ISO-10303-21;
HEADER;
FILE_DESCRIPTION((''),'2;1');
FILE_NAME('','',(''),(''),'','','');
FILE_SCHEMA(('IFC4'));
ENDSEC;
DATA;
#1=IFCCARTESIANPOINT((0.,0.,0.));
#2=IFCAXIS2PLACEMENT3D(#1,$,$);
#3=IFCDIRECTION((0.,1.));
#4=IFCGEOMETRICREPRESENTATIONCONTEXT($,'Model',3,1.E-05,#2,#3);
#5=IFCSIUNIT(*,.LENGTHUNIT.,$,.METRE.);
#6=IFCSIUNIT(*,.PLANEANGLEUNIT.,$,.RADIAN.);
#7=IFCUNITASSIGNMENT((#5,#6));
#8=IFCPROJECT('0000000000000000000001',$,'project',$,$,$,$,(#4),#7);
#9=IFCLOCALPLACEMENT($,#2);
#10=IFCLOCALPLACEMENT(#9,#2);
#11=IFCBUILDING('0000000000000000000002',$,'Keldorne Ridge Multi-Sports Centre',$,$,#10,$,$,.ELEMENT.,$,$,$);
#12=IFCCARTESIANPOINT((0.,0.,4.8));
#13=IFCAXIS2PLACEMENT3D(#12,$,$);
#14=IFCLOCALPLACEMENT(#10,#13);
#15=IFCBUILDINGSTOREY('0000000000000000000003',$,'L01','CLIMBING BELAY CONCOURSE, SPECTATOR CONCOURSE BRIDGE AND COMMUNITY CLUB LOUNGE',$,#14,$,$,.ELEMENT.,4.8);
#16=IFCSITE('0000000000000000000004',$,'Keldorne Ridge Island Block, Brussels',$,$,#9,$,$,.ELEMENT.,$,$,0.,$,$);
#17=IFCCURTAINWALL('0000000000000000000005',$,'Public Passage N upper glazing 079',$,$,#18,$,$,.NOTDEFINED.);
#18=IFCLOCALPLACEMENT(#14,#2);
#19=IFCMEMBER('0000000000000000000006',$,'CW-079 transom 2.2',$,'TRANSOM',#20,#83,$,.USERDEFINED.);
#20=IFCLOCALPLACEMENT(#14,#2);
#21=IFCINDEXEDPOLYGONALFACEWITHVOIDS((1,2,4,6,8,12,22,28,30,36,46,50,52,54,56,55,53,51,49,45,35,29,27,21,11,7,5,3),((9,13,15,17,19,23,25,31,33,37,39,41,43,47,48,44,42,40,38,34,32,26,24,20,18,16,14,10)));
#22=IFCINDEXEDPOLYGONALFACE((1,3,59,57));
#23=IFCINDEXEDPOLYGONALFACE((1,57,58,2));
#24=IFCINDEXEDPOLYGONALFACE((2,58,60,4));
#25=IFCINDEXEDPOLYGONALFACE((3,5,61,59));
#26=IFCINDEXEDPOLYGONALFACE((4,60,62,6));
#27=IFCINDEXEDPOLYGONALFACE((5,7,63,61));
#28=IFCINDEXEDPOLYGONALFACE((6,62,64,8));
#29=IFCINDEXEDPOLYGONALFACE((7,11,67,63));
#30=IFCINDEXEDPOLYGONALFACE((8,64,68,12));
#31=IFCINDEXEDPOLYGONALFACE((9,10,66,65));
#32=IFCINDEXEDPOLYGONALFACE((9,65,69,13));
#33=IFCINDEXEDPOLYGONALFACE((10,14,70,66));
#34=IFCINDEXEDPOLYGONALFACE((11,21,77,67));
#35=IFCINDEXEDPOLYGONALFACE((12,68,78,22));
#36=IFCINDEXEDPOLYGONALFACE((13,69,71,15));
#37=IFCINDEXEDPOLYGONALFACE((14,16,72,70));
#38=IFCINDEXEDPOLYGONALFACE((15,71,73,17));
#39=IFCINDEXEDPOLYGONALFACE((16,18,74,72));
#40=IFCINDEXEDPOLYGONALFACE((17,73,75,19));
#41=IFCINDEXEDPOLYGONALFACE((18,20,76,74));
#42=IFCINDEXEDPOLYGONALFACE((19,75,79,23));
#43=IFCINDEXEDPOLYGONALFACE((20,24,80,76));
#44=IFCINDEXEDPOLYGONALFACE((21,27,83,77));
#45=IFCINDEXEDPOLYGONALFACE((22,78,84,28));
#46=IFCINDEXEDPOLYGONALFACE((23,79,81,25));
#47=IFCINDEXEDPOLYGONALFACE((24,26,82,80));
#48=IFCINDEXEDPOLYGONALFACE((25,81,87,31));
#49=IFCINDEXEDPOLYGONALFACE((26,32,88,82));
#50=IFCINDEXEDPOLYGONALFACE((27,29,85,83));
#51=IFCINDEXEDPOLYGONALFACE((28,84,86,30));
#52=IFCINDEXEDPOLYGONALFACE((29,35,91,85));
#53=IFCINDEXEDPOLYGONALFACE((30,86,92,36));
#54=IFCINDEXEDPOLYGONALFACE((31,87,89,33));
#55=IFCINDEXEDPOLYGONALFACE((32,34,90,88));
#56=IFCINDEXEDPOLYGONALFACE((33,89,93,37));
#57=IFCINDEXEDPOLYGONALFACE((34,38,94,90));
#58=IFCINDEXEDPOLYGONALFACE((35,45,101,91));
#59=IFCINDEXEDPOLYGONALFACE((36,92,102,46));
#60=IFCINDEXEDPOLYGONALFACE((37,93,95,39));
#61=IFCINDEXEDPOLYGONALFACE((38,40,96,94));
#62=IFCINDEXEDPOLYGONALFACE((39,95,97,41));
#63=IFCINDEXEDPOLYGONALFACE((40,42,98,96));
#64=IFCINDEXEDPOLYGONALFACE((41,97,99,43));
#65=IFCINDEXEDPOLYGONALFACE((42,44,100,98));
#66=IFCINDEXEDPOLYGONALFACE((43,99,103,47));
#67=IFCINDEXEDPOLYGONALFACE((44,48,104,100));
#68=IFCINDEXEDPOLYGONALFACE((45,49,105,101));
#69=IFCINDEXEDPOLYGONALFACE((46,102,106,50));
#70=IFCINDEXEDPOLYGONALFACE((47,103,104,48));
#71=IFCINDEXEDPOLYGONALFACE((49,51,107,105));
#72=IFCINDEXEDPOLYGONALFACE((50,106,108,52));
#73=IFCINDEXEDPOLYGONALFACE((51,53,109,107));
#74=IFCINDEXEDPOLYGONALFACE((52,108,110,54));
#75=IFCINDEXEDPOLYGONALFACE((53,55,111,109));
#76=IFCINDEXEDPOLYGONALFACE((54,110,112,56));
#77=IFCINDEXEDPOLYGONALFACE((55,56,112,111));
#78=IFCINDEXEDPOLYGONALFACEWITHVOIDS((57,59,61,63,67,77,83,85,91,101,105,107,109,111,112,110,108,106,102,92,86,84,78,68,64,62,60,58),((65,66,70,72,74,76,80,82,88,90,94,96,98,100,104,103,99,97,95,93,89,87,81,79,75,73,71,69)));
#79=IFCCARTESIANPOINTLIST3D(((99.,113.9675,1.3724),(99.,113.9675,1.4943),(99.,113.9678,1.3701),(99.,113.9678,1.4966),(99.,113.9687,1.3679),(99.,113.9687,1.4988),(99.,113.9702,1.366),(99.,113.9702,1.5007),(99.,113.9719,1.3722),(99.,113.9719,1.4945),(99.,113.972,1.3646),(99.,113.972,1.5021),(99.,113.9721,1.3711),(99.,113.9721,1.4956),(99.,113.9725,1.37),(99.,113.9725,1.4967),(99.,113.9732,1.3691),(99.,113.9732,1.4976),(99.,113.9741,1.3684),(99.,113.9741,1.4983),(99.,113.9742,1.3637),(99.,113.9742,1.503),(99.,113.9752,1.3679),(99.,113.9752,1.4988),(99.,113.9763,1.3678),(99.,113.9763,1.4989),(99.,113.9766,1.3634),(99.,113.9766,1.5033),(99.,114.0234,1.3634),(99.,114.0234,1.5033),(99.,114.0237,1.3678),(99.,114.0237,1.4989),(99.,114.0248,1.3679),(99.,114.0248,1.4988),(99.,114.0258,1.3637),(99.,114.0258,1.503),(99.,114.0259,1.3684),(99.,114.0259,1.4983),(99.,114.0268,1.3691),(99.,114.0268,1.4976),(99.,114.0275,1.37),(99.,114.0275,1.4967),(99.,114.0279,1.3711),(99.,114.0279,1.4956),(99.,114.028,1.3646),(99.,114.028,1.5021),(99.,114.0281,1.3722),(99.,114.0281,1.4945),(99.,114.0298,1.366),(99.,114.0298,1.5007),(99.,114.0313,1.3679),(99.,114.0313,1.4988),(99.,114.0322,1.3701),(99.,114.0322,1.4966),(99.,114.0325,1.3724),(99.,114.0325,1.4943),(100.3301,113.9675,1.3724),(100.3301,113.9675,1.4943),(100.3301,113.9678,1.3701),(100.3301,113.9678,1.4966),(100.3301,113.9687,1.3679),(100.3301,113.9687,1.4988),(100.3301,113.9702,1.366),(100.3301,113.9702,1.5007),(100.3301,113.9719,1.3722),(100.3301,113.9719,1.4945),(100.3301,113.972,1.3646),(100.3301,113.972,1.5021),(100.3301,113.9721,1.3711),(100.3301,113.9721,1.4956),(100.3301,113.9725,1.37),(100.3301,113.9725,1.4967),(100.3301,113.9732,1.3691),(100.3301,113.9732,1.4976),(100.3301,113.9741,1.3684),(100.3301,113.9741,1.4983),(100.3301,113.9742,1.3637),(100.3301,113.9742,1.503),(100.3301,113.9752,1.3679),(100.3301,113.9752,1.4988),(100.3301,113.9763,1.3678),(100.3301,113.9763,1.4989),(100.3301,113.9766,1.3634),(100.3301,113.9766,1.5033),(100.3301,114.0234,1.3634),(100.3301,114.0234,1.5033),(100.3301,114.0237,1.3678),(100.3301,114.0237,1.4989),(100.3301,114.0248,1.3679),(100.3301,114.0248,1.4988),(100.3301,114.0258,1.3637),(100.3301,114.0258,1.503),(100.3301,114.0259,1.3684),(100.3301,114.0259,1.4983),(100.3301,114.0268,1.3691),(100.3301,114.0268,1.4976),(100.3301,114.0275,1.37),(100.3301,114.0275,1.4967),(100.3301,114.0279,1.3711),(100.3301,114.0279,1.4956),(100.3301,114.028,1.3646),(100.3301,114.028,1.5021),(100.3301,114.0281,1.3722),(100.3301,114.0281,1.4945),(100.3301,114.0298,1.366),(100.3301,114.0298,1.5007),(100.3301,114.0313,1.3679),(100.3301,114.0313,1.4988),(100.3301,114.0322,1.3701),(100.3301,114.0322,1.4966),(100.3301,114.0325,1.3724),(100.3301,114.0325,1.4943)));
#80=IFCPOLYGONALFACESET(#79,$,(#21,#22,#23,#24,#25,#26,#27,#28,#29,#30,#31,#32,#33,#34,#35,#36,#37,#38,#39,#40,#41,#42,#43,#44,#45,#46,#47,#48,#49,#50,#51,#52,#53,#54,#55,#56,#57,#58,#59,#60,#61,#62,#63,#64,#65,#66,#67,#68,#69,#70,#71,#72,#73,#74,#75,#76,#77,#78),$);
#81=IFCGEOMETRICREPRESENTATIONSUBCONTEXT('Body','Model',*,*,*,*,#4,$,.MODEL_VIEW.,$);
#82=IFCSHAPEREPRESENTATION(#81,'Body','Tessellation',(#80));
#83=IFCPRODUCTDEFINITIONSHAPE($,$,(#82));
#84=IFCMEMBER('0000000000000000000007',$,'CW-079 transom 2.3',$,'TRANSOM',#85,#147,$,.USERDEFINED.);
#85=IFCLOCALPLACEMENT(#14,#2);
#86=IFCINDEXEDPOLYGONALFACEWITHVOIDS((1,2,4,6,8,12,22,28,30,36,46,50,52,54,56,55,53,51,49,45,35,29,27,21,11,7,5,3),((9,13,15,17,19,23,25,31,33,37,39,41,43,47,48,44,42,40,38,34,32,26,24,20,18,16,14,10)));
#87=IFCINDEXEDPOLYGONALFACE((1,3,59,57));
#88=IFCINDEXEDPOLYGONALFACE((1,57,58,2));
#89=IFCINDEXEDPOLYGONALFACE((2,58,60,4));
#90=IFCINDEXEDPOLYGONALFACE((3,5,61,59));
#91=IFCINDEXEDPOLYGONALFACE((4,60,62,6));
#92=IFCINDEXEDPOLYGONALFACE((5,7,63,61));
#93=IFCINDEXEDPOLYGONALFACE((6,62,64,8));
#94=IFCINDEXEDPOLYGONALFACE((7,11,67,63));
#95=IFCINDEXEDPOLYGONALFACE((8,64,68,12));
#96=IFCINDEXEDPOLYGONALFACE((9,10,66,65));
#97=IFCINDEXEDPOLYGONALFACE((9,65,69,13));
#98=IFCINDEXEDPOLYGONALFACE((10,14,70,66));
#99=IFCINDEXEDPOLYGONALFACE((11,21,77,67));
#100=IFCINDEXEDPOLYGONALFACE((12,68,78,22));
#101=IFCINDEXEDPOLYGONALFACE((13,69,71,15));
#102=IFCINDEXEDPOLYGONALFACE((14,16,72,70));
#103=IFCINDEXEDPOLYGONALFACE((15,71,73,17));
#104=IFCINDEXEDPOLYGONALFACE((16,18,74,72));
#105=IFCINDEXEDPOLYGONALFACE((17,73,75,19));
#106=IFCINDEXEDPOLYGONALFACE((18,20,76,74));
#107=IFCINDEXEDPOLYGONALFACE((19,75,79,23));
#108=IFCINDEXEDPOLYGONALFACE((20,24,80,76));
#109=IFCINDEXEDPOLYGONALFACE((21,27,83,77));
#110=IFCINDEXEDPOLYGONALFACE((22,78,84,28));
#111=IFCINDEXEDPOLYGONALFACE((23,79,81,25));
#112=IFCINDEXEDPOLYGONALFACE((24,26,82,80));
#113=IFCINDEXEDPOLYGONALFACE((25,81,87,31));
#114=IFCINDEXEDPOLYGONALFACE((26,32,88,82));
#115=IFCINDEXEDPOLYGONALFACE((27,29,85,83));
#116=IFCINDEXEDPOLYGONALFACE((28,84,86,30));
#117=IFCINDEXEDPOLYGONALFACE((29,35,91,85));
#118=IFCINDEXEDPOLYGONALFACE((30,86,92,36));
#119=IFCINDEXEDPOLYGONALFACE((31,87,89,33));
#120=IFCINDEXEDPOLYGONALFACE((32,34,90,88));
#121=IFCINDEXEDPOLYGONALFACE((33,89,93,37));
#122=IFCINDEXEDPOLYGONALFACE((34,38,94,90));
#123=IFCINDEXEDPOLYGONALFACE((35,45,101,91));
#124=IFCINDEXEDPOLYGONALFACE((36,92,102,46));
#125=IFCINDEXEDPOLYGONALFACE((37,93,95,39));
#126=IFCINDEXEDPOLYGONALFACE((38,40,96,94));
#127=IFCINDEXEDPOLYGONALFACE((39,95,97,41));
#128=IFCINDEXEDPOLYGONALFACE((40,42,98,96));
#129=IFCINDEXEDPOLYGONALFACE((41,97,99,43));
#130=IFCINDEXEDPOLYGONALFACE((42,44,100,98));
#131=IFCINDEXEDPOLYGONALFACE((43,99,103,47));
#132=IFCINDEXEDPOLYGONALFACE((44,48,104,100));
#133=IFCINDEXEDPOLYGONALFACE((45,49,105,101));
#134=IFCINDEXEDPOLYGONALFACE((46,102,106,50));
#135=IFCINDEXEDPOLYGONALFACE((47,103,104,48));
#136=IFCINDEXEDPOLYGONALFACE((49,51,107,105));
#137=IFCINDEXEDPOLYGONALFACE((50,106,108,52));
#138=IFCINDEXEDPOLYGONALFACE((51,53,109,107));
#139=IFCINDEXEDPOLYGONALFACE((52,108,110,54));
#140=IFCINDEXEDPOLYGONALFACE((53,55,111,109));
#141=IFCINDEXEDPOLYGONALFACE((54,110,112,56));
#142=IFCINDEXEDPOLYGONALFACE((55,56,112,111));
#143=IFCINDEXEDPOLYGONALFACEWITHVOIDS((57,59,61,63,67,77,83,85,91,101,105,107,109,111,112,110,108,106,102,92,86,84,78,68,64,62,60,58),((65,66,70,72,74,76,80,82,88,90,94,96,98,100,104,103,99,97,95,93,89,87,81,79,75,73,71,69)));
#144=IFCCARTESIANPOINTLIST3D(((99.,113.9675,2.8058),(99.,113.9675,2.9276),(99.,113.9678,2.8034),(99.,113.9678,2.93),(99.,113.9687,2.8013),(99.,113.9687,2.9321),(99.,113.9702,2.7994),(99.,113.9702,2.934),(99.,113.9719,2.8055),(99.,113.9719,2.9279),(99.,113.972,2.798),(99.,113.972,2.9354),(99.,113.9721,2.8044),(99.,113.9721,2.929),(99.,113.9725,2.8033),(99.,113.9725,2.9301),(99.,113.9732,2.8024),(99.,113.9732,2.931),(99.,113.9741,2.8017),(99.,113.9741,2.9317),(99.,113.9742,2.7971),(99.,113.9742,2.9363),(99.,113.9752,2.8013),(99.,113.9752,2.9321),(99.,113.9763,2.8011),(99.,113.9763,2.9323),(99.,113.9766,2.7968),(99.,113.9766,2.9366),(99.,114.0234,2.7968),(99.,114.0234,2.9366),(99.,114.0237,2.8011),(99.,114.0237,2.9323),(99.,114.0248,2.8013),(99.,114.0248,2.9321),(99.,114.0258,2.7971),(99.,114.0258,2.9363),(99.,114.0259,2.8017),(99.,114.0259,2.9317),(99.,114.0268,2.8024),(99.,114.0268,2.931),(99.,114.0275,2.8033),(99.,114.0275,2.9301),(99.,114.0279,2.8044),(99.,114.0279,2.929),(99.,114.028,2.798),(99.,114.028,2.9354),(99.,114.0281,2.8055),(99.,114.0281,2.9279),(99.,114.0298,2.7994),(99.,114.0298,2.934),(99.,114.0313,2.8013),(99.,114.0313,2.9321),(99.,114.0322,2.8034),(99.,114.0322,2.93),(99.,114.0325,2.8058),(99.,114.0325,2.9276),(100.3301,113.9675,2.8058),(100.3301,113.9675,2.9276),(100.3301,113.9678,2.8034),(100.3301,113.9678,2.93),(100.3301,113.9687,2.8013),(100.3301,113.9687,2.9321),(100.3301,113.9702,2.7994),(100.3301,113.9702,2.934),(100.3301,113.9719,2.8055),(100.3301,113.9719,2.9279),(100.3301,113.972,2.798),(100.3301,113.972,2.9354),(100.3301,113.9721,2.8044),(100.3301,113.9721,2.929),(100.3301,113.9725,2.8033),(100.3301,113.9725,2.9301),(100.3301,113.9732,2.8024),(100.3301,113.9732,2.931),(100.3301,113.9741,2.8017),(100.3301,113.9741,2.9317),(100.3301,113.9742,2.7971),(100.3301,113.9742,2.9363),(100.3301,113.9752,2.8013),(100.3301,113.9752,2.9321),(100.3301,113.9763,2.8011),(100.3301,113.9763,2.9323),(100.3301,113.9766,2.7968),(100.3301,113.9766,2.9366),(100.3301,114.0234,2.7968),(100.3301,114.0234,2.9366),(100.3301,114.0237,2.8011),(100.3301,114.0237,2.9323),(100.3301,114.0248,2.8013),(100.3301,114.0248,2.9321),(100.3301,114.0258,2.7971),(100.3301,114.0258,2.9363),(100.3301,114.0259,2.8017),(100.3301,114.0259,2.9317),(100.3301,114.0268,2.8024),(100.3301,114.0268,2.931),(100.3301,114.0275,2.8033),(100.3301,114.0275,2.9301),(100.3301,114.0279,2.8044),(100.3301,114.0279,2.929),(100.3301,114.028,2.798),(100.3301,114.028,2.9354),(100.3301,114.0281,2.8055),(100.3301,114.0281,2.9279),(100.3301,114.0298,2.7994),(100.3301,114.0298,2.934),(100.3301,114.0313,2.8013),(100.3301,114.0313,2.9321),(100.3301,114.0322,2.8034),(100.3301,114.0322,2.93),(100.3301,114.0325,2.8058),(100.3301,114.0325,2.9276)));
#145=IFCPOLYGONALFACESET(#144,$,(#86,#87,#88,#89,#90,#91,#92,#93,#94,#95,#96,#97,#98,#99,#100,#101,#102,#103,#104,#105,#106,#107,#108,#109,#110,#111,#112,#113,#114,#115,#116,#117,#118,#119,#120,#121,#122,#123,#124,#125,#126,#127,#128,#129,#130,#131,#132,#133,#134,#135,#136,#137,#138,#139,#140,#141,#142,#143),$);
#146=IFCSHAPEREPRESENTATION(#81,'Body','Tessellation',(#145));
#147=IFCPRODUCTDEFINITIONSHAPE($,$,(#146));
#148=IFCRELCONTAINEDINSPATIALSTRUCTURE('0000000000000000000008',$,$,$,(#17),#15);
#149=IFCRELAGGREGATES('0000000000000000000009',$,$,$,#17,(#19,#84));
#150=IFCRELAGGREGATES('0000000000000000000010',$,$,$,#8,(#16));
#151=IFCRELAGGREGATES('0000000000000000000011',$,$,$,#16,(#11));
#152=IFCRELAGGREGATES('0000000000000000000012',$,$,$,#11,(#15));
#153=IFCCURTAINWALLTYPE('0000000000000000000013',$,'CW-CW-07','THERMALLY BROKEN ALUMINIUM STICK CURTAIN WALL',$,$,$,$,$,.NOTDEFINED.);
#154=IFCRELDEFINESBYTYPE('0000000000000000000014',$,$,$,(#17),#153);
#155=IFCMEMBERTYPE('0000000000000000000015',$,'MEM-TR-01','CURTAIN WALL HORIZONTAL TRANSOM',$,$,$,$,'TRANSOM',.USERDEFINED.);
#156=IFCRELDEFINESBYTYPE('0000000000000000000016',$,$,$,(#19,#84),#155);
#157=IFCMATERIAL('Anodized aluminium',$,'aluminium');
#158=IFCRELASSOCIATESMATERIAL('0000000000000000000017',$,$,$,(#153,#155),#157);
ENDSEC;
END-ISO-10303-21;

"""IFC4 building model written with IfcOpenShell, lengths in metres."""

from ifc_helpers import new_model, si_unit, direction, frame, origin, origin_2d, place, context, subcontext, project, spatial, hollow_rectangle, extrude, material, material_profile, profile_set, type_object, element, aggregate, save


model = new_model("IFC4")

# Units and contexts
model_context = context("Model", 3, precision=1e-05, world=origin(), true_north=direction((0.0, 1.0)))
body_context = subcontext(model_context, "Body", "Model", "MODEL_VIEW")
ifc_project = project(units=[si_unit("LENGTHUNIT", "METRE"), si_unit("PLANEANGLEUNIT", "RADIAN")], contexts=[model_context])

# Site, building, storey
site_placement = place(None, origin())
site = spatial("IfcSite", under=ifc_project, at=site_placement, Name="Keldorne Ridge Island Block, Brussels", CompositionType="ELEMENT", RefElevation=0.0)
building_placement = place(site_placement, origin())
building = spatial("IfcBuilding", under=site, at=building_placement, Name="Keldorne Ridge Multi-Sports Centre", CompositionType="ELEMENT")
storey_placement = place(building_placement, frame((0.0, 0.0, 4.8)))
storey = spatial("IfcBuildingStorey", under=building, at=storey_placement, Name="L01", Description="CLIMBING BELAY CONCOURSE, SPECTATOR CONCOURSE BRIDGE AND COMMUNITY CLUB LOUNGE", CompositionType="ELEMENT", Elevation=4.8)

# Curtain wall, members
ifc_material_1 = material(Name="Anodized aluminium", Category="aluminium")
curtain_wall_type = type_object("IfcCurtainWallType", Name="CW-CW-07", Description="THERMALLY BROKEN ALUMINIUM STICK CURTAIN WALL", PredefinedType="NOTDEFINED", material=ifc_material_1)
curtain_wall_placement = place(storey_placement, origin())
curtain_wall = element("IfcCurtainWall", 1, at=curtain_wall_placement, inside=storey, type_object=curtain_wall_type, Name="Public Passage N upper glazing 079", PredefinedType="NOTDEFINED")
ifc_material_profile_1 = material_profile(ifc_material_1, hollow_rectangle(XDim=0.0649, YDim=0.1399, WallThickness=0.0044, InnerFilletRadius=0.0044, OuterFilletRadius=0.009, at=origin_2d()), Name="ALU TRANSOM 140x65x4.5")
ifc_profile_set_1 = profile_set([ifc_material_profile_1], Name="Anodized aluminium")
member_type_1 = type_object("IfcMemberType", Name="MEM-TR-01", Description="CURTAIN WALL HORIZONTAL TRANSOM", ElementType="TRANSOM", PredefinedType="USERDEFINED", material=ifc_profile_set_1)
member_1_placement = place(storey_placement, frame((100.3301, 114.0, 1.4333), z_axis=(-1.0, 0.0, 0.0), x_axis=(0.0, -1.0, 0.0)))
member_1 = element("IfcMember", 2, at=member_1_placement, type_object=member_type_1, Name="CW-079 transom 2.2", ObjectType="TRANSOM", PredefinedType="USERDEFINED", context=body_context, shape_type="SweptSolid", body=[
    extrude(hollow_rectangle(XDim=0.0649, YDim=0.1399, WallThickness=0.0044, InnerFilletRadius=0.0044, OuterFilletRadius=0.009, at=origin_2d()), origin(), (0.0, 0.0, 1.0), 1.3301),
])
member_2_placement = place(storey_placement, frame((100.3301, 114.0, 2.8667), z_axis=(-1.0, 0.0, 0.0), x_axis=(0.0, -1.0, 0.0)))
member_2 = element("IfcMember", 3, at=member_2_placement, type_object=member_type_1, Name="CW-079 transom 2.3", ObjectType="TRANSOM", PredefinedType="USERDEFINED", context=body_context, shape_type="SweptSolid", body=[
    extrude(hollow_rectangle(XDim=0.0649, YDim=0.1399, WallThickness=0.0044, InnerFilletRadius=0.0044, OuterFilletRadius=0.009, at=origin_2d()), origin(), (0.0, 0.0, 1.0), 1.3301),
])
aggregate(curtain_wall, [member_1, member_2])

save(model, "model.ifc")
